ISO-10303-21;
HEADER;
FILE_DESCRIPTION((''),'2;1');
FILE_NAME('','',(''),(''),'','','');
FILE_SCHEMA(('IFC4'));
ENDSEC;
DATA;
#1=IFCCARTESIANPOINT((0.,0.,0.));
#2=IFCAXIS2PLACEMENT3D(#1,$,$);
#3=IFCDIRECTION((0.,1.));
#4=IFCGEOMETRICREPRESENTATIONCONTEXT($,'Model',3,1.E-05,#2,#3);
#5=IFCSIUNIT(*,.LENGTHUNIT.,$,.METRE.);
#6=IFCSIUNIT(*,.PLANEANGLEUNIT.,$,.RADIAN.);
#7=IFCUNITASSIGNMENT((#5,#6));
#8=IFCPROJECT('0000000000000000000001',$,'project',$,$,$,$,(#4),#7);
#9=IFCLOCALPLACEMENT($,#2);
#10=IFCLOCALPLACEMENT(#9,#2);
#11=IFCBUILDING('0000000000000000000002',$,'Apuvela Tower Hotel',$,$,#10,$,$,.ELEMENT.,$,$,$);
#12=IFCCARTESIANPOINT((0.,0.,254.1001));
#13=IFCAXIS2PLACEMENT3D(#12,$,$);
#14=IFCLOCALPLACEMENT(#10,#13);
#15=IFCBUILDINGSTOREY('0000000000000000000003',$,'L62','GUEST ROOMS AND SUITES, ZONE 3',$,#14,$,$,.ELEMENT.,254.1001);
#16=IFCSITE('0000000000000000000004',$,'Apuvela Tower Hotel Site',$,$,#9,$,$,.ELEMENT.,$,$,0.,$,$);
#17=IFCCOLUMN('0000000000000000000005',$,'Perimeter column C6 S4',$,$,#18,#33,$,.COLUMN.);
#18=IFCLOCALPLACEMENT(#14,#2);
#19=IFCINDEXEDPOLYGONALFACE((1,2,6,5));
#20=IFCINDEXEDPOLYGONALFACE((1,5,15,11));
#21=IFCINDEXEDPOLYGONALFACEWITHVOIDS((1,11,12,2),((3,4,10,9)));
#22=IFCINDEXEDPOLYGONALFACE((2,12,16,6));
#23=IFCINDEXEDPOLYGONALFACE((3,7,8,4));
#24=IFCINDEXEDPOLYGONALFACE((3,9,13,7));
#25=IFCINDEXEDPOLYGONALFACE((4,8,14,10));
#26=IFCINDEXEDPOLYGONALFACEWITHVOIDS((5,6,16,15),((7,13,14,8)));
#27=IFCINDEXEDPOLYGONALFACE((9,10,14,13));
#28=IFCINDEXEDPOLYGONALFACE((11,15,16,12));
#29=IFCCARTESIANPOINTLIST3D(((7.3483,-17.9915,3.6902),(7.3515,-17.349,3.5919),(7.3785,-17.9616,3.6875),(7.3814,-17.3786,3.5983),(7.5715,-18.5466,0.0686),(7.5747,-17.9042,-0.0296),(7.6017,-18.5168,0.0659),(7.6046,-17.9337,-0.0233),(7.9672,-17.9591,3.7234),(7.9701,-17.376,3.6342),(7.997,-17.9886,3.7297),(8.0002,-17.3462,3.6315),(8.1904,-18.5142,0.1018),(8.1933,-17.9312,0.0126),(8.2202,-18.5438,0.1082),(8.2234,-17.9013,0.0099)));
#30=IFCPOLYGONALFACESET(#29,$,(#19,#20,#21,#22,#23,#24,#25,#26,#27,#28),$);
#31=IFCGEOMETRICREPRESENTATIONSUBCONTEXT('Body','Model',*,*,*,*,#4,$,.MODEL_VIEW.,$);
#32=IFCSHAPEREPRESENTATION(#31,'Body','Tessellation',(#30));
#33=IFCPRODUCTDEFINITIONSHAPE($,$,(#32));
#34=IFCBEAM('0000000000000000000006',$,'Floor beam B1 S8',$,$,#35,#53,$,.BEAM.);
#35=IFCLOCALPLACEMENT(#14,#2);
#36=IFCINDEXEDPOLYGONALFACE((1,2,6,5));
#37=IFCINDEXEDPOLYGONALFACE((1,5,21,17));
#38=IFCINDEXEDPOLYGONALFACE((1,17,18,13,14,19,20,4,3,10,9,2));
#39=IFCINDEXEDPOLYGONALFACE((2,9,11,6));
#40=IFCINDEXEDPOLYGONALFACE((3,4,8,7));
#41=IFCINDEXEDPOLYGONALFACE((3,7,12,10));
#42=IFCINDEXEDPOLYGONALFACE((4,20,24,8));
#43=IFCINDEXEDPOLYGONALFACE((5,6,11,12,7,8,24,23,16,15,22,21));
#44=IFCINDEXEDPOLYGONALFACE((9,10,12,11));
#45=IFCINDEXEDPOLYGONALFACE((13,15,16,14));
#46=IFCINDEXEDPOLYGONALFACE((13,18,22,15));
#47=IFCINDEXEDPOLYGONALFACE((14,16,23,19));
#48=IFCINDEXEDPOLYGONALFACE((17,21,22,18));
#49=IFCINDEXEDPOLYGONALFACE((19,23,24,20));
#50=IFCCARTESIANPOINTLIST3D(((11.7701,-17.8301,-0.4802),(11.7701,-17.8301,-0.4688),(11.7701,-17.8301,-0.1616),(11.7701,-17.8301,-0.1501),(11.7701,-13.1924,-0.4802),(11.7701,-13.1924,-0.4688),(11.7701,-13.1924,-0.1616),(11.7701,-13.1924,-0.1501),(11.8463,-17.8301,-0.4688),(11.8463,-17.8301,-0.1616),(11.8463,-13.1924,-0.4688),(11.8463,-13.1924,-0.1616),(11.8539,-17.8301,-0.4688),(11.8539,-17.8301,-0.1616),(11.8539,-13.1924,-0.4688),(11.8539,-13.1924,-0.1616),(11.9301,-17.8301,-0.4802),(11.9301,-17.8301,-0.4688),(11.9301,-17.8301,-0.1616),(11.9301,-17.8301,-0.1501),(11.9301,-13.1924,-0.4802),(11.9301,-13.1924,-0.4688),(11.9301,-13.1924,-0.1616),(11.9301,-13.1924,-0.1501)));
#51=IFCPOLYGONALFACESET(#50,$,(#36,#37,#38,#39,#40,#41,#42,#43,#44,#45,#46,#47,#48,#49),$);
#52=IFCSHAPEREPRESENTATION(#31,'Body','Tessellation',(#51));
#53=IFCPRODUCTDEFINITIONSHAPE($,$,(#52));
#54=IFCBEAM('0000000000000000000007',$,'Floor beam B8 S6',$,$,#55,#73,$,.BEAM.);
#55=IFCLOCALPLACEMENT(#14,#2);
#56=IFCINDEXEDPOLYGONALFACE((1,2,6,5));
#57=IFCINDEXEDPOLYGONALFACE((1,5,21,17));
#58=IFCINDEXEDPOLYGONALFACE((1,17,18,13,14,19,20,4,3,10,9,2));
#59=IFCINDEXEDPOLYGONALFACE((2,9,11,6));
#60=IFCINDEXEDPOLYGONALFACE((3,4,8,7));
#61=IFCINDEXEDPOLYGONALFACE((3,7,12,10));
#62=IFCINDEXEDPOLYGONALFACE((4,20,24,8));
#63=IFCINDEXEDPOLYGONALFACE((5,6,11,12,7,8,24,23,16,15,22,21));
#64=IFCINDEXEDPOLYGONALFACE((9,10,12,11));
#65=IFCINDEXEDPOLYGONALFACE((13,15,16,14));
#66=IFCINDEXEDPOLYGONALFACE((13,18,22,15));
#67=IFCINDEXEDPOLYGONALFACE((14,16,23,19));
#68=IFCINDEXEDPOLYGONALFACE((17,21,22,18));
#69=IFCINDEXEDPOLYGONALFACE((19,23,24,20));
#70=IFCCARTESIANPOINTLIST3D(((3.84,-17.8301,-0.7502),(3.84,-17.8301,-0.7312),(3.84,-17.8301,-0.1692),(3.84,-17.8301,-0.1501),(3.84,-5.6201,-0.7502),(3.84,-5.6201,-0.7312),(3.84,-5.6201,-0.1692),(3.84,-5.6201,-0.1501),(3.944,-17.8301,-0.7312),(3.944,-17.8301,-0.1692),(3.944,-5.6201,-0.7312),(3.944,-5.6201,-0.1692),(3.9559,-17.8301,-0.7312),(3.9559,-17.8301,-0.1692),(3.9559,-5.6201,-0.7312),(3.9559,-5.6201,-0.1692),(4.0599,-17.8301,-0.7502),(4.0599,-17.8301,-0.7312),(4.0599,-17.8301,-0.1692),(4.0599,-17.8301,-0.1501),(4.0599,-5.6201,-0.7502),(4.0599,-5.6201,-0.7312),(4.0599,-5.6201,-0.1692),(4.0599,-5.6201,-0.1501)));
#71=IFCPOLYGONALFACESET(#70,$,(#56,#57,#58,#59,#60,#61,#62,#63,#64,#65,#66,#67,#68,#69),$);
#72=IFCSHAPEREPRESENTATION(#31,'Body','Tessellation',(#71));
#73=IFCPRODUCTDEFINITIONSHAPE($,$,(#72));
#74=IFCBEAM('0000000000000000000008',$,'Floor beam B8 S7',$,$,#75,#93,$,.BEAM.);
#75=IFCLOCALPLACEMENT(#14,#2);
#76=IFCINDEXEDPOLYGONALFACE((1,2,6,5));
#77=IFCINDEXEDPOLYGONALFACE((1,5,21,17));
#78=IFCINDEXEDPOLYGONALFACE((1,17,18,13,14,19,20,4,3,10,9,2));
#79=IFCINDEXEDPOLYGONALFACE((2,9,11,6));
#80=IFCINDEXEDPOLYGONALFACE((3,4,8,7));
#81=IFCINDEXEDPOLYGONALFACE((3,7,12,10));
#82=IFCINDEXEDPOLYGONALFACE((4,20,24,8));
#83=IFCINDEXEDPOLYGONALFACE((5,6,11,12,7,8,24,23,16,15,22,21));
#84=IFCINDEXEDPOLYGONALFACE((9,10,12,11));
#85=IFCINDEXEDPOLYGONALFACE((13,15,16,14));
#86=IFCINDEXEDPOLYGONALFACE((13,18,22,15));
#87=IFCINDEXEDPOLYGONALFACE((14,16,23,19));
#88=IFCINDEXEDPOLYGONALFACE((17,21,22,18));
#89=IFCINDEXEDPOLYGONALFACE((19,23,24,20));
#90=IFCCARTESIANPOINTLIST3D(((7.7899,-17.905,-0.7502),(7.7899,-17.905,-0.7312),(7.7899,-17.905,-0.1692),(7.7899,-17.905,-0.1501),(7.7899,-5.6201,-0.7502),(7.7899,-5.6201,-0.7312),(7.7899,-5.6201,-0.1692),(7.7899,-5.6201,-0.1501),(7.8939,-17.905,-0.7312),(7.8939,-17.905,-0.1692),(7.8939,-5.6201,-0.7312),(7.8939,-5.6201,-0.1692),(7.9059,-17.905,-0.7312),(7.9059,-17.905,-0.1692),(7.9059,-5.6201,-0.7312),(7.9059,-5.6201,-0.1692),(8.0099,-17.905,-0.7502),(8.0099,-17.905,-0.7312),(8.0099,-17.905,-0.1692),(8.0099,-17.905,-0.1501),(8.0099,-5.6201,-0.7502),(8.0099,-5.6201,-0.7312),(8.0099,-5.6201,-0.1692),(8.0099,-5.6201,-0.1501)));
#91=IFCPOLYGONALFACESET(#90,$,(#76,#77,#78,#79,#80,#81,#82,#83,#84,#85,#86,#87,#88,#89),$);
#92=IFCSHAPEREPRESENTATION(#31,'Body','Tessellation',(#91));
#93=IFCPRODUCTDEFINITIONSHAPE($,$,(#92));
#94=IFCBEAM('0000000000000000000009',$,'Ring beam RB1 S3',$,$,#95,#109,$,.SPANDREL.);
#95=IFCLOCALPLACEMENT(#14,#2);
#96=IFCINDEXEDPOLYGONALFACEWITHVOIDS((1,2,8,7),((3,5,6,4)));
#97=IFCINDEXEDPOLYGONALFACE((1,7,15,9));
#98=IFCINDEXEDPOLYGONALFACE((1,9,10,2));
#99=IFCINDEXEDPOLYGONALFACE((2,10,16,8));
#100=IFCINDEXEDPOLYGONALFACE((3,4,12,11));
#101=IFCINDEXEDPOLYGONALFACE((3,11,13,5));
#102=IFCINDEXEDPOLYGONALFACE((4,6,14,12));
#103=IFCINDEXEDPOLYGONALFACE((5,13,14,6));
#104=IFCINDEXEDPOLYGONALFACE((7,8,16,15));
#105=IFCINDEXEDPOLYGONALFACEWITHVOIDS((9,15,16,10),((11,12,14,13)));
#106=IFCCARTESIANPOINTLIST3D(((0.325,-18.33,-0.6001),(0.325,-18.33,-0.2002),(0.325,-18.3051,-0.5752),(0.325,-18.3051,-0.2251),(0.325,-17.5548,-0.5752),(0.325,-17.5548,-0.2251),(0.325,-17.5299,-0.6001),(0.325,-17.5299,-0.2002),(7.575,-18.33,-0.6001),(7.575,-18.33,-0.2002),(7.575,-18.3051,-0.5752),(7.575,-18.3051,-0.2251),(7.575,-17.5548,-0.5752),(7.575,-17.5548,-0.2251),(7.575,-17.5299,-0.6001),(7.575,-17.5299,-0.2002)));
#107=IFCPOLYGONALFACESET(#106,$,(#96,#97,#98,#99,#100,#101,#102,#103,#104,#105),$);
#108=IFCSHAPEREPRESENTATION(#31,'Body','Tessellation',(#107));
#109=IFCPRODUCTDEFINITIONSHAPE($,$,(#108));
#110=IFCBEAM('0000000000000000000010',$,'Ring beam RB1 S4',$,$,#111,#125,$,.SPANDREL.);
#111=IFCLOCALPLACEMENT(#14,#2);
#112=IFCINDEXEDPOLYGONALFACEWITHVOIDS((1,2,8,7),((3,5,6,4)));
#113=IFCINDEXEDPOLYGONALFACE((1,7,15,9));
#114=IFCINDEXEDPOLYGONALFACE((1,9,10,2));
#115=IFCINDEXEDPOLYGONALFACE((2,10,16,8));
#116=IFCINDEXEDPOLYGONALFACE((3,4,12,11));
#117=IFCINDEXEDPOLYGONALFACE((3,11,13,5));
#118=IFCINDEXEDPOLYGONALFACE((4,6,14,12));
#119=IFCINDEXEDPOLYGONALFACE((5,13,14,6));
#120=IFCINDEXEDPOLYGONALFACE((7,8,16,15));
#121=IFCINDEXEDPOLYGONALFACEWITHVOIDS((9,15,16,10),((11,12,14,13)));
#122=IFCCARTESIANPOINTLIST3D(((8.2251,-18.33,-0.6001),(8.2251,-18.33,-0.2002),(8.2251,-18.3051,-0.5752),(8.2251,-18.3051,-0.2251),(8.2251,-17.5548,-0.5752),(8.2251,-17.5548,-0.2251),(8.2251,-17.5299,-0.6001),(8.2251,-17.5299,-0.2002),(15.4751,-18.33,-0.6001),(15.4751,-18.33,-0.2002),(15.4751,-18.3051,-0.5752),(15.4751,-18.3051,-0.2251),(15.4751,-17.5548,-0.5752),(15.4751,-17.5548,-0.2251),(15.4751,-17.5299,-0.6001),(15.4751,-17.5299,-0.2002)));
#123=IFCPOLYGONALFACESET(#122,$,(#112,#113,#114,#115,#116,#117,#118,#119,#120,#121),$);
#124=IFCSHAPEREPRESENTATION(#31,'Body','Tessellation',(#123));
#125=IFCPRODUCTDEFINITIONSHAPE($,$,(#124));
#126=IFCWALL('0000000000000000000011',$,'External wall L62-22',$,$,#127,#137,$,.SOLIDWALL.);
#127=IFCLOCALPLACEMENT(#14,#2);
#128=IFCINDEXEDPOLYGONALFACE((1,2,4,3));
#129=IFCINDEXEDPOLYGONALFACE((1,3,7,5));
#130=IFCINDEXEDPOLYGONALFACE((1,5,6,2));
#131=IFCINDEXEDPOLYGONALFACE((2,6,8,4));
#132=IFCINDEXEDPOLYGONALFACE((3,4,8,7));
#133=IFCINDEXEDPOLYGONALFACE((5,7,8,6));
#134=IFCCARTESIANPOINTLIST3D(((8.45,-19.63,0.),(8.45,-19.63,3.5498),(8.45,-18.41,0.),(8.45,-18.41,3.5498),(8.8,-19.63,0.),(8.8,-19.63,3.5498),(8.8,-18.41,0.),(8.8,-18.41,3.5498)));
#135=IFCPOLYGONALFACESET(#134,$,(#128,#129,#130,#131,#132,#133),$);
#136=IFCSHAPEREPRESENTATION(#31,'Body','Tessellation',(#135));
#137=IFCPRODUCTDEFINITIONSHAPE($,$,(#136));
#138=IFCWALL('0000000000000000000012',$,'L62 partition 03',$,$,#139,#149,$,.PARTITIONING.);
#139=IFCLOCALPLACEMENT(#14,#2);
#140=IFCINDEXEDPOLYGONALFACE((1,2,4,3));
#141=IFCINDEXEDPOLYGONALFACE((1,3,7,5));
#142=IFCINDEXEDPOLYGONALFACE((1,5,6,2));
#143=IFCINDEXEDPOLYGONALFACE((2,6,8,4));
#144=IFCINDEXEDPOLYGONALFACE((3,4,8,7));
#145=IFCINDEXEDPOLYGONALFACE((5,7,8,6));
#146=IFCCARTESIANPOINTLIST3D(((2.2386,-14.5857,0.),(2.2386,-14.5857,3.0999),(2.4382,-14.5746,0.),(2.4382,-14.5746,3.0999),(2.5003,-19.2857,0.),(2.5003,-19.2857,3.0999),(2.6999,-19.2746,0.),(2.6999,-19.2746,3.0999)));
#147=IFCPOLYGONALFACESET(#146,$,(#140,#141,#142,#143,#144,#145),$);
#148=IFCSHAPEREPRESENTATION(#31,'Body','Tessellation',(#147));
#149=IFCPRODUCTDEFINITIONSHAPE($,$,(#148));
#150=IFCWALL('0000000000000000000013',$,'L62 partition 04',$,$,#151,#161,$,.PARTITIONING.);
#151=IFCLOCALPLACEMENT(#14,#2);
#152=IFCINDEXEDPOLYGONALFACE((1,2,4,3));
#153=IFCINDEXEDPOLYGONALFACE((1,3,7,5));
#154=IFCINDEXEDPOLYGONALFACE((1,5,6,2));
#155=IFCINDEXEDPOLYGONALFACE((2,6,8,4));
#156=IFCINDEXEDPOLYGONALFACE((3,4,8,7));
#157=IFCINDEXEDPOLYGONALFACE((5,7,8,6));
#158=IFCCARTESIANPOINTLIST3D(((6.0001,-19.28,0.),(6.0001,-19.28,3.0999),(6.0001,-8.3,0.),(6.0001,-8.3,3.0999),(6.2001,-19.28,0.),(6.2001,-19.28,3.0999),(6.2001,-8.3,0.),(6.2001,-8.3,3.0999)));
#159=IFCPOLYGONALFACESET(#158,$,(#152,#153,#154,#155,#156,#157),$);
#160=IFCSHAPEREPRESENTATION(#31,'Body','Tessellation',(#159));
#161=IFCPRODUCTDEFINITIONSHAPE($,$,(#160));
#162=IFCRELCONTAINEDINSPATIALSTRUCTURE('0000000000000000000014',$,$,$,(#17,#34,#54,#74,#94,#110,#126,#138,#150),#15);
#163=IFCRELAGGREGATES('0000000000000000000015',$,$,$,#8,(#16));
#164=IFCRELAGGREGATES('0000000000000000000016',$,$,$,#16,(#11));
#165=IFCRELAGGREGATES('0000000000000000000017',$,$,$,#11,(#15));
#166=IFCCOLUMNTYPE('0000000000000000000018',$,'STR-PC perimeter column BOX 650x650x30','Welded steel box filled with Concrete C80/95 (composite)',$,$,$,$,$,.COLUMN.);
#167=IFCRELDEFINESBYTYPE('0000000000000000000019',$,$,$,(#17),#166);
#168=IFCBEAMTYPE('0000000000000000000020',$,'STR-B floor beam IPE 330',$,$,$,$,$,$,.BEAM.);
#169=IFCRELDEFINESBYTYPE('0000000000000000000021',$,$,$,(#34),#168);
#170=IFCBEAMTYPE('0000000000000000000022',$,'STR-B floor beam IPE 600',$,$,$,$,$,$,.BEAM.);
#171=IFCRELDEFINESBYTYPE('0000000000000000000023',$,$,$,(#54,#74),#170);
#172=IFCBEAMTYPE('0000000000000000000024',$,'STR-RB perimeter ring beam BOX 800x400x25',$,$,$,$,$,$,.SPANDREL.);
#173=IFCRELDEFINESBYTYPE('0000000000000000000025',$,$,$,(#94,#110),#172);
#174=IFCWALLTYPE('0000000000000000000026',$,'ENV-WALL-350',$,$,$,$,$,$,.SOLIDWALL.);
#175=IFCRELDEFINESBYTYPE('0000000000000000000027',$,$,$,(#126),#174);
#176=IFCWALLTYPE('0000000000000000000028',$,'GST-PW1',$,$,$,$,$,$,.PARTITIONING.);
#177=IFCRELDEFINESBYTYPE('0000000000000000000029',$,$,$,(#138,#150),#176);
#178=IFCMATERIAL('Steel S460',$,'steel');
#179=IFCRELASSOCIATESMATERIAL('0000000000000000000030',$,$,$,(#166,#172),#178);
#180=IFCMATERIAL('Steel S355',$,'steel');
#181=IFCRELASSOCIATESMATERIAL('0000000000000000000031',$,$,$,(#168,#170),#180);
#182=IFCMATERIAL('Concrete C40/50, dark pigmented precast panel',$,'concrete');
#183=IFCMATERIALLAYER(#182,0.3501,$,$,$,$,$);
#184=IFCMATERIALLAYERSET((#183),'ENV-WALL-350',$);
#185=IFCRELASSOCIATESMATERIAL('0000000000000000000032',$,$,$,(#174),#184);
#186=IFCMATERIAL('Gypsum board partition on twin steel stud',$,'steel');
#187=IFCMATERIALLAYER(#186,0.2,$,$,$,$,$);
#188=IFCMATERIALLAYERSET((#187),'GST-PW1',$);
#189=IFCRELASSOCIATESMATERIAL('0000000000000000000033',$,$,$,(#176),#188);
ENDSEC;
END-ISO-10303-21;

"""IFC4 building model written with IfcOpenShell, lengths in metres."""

from ifc_helpers import new_model, si_unit, direction, frame, frame_2d, origin, origin_2d, place, context, subcontext, project, spatial, rectangle, hollow_rectangle, i_section, extrude, boolean, halfspace, material, layer, layer_set, material_profile, profile_set, type_object, element, save


model = new_model("IFC4")

# Units and contexts
model_context = context("Model", 3, precision=1e-05, world=origin(), true_north=direction((0.0, 1.0)))
body_context = subcontext(model_context, "Body", "Model", "MODEL_VIEW")
ifc_project = project(units=[si_unit("LENGTHUNIT", "METRE"), si_unit("PLANEANGLEUNIT", "RADIAN")], contexts=[model_context])

# Site, building, storey
site_placement = place(None, origin())
site = spatial("IfcSite", under=ifc_project, at=site_placement, Name="Apuvela Tower Hotel Site", CompositionType="ELEMENT", RefElevation=0.0)
building_placement = place(site_placement, origin())
building = spatial("IfcBuilding", under=site, at=building_placement, Name="Apuvela Tower Hotel", CompositionType="ELEMENT")
storey_placement = place(building_placement, frame((0.0, 0.0, 254.1001)))
storey = spatial("IfcBuildingStorey", under=building, at=storey_placement, Name="L62", Description="GUEST ROOMS AND SUITES, ZONE 3", CompositionType="ELEMENT", Elevation=254.1001)

# Column
ifc_material_1 = material(Name="Steel S460", Category="steel")
ifc_material_profile_1 = material_profile(ifc_material_1, hollow_rectangle(XDim=0.6499, YDim=0.6499, WallThickness=0.03, at=origin_2d()), Name="BOX 650x650x30")
ifc_material_2 = material(Name="Concrete C80/95", Category="concrete")
ifc_material_profile_2 = material_profile(ifc_material_2, rectangle(XDim=0.5901, YDim=0.5901, at=origin_2d()), Name="Concrete C80/95 infill")
ifc_profile_set_1 = profile_set([ifc_material_profile_1, ifc_material_profile_2], Name="Steel S460")
column_type = type_object("IfcColumnType", Name="STR-PC perimeter column BOX 650x650x30", Description="Welded steel box filled with Concrete C80/95 (composite)", PredefinedType="COLUMN", material=ifc_profile_set_1)
column_placement = place(storey_placement, frame((7.8999, -18.23, 0.0), z_axis=(-0.060806, 0.151233, 0.986626), x_axis=(0.998138, 0.004342, 0.060849)))
element("IfcColumn", 1, at=column_placement, inside=storey, type_object=column_type, Name="Perimeter column C6 S4", PredefinedType="COLUMN", context=body_context, shape_type="SweptSolid", body=[
    boolean("DIFFERENCE", boolean("DIFFERENCE", extrude(hollow_rectangle(XDim=0.6499, YDim=0.6499, WallThickness=0.03, at=origin_2d()), origin(), (0.0, 0.0, 1.0), 3.75), halfspace(frame((0.0, 0.0, 0.0398), z_axis=(0.0, 0.0, 1.0), x_axis=(1.0, 0.0, 0.0)), True)), halfspace(frame((0.0, 0.0, 3.7104), z_axis=(0.0, 0.0, 1.0), x_axis=(1.0, 0.0, 0.0)), False)),
])

# Beams
ifc_material_3 = material(Name="Steel S355", Category="steel")
ifc_material_profile_3 = material_profile(ifc_material_3, i_section(OverallWidth=0.1599, OverallDepth=0.3301, WebThickness=0.0076, FlangeThickness=0.0115, at=origin_2d()), Name="IPE 330")
ifc_profile_set_2 = profile_set([ifc_material_profile_3], Name="Steel S355")
beam_type_1 = type_object("IfcBeamType", Name="STR-B floor beam IPE 330", PredefinedType="BEAM", material=ifc_profile_set_2)
beam_1_placement = place(storey_placement, frame((11.8501, -17.8301, -0.3152), z_axis=(0.0, 1.0, 0.0), x_axis=(-1.0, 0.0, 0.0)))
element("IfcBeam", 2, at=beam_1_placement, inside=storey, type_object=beam_type_1, Name="Floor beam B1 S8", PredefinedType="BEAM", context=body_context, shape_type="SweptSolid", body=[
    extrude(i_section(OverallWidth=0.1599, OverallDepth=0.3301, WebThickness=0.0076, FlangeThickness=0.0115, at=origin_2d()), origin(), (0.0, 0.0, 1.0), 4.6377),
])
ifc_material_profile_4 = material_profile(ifc_material_3, i_section(OverallWidth=0.22, OverallDepth=0.6001, WebThickness=0.012, FlangeThickness=0.019, at=origin_2d()), Name="IPE 600")
ifc_profile_set_3 = profile_set([ifc_material_profile_4], Name="Steel S355")
beam_type_2 = type_object("IfcBeamType", Name="STR-B floor beam IPE 600", PredefinedType="BEAM", material=ifc_profile_set_3)
beam_2_placement = place(storey_placement, frame((3.95, -17.8301, -0.4502), z_axis=(0.0, 1.0, 0.0), x_axis=(-1.0, 0.0, 0.0)))
element("IfcBeam", 3, at=beam_2_placement, inside=storey, type_object=beam_type_2, Name="Floor beam B8 S6", PredefinedType="BEAM", context=body_context, shape_type="SweptSolid", body=[
    extrude(i_section(OverallWidth=0.22, OverallDepth=0.6001, WebThickness=0.012, FlangeThickness=0.019, at=origin_2d()), origin(), (0.0, 0.0, 1.0), 12.21),
])
beam_3_placement = place(storey_placement, frame((7.8999, -17.905, -0.4502), z_axis=(0.0, 1.0, 0.0), x_axis=(-1.0, 0.0, 0.0)))
element("IfcBeam", 4, at=beam_3_placement, inside=storey, type_object=beam_type_2, Name="Floor beam B8 S7", PredefinedType="BEAM", context=body_context, shape_type="SweptSolid", body=[
    extrude(i_section(OverallWidth=0.22, OverallDepth=0.6001, WebThickness=0.012, FlangeThickness=0.019, at=origin_2d()), origin(), (0.0, 0.0, 1.0), 12.2849),
])
ifc_material_profile_5 = material_profile(ifc_material_1, hollow_rectangle(XDim=0.8, YDim=0.3999, WallThickness=0.0249, at=origin_2d()), Name="BOX 800x400x25")
ifc_profile_set_4 = profile_set([ifc_material_profile_5], Name="Steel S460")
beam_type_3 = type_object("IfcBeamType", Name="STR-RB perimeter ring beam BOX 800x400x25", PredefinedType="SPANDREL", material=ifc_profile_set_4)
for number, where, z_axis, x_axis, name in (
    (5, (0.325, -17.9299, -0.4001), (1.0, 0.0, 0.0), (0.0, 1.0, 0.0), "Ring beam RB1 S3"),
    (6, (8.2251, -17.9299, -0.4001), (1.0, 0.0, 0.0), (0.0, 1.0, 0.0), "Ring beam RB1 S4"),
):
    element("IfcBeam", number, at=place(storey_placement, frame(where, z_axis=z_axis, x_axis=x_axis)), inside=storey, type_object=beam_type_3, Name=name, PredefinedType="SPANDREL", context=body_context, shape_type="SweptSolid", body=[
        extrude(hollow_rectangle(XDim=0.8, YDim=0.3999, WallThickness=0.0249, at=origin_2d()), origin(), (0.0, 0.0, 1.0), 7.25),
    ])

# Wall
ifc_material_4 = material(Name="Concrete C40/50, dark pigmented precast panel", Category="concrete")
ifc_layer_1 = layer(ifc_material_4, 0.3501)
ifc_layer_set_1 = layer_set([ifc_layer_1], Name="ENV-WALL-350")
wall_type_1 = type_object("IfcWallType", Name="ENV-WALL-350", PredefinedType="SOLIDWALL", material=ifc_layer_set_1)
wall_1_placement = place(storey_placement, frame((8.625, -19.6299, 0.0), z_axis=(0.0, 0.0, 1.0), x_axis=(0.0, 1.0, 0.0)))
element("IfcWall", 7, at=wall_1_placement, inside=storey, type_object=wall_type_1, Name="External wall L62-22", PredefinedType="SOLIDWALL", context=body_context, shape_type="SweptSolid", body=[
    extrude(rectangle(XDim=1.22, YDim=0.3501, at=frame_2d((0.6099, 0.0))), origin(), (0.0, 0.0, 1.0), 3.5498),
])

# Walls
ifc_material_5 = material(Name="Gypsum board partition on twin steel stud", Category="steel")
ifc_layer_2 = layer(ifc_material_5, 0.2)
ifc_layer_set_2 = layer_set([ifc_layer_2], Name="GST-PW1")
wall_type_2 = type_object("IfcWallType", Name="GST-PW1", PredefinedType="PARTITIONING", material=ifc_layer_set_2)
wall_2_placement = place(storey_placement, frame((2.6001, -19.28, 0.0), z_axis=(0.0, 0.0, 1.0), x_axis=(-0.055599, 0.998453, 0.0)))
element("IfcWall", 8, at=wall_2_placement, inside=storey, type_object=wall_type_2, Name="L62 partition 03", PredefinedType="PARTITIONING", context=body_context, shape_type="SweptSolid", body=[
    extrude(rectangle(XDim=4.7073, YDim=0.2, at=frame_2d((2.3535, 0.0))), origin(), (0.0, 0.0, 1.0), 3.0999),
])
wall_3_placement = place(storey_placement, frame((6.1001, -19.28, 0.0), z_axis=(0.0, 0.0, 1.0), x_axis=(0.0, 1.0, 0.0)))
element("IfcWall", 9, at=wall_3_placement, inside=storey, type_object=wall_type_2, Name="L62 partition 04", PredefinedType="PARTITIONING", context=body_context, shape_type="SweptSolid", body=[
    extrude(rectangle(XDim=10.98, YDim=0.2, at=frame_2d((5.49, 0.0))), origin(), (0.0, 0.0, 1.0), 3.0999),
])

save(model, "model.ifc")
